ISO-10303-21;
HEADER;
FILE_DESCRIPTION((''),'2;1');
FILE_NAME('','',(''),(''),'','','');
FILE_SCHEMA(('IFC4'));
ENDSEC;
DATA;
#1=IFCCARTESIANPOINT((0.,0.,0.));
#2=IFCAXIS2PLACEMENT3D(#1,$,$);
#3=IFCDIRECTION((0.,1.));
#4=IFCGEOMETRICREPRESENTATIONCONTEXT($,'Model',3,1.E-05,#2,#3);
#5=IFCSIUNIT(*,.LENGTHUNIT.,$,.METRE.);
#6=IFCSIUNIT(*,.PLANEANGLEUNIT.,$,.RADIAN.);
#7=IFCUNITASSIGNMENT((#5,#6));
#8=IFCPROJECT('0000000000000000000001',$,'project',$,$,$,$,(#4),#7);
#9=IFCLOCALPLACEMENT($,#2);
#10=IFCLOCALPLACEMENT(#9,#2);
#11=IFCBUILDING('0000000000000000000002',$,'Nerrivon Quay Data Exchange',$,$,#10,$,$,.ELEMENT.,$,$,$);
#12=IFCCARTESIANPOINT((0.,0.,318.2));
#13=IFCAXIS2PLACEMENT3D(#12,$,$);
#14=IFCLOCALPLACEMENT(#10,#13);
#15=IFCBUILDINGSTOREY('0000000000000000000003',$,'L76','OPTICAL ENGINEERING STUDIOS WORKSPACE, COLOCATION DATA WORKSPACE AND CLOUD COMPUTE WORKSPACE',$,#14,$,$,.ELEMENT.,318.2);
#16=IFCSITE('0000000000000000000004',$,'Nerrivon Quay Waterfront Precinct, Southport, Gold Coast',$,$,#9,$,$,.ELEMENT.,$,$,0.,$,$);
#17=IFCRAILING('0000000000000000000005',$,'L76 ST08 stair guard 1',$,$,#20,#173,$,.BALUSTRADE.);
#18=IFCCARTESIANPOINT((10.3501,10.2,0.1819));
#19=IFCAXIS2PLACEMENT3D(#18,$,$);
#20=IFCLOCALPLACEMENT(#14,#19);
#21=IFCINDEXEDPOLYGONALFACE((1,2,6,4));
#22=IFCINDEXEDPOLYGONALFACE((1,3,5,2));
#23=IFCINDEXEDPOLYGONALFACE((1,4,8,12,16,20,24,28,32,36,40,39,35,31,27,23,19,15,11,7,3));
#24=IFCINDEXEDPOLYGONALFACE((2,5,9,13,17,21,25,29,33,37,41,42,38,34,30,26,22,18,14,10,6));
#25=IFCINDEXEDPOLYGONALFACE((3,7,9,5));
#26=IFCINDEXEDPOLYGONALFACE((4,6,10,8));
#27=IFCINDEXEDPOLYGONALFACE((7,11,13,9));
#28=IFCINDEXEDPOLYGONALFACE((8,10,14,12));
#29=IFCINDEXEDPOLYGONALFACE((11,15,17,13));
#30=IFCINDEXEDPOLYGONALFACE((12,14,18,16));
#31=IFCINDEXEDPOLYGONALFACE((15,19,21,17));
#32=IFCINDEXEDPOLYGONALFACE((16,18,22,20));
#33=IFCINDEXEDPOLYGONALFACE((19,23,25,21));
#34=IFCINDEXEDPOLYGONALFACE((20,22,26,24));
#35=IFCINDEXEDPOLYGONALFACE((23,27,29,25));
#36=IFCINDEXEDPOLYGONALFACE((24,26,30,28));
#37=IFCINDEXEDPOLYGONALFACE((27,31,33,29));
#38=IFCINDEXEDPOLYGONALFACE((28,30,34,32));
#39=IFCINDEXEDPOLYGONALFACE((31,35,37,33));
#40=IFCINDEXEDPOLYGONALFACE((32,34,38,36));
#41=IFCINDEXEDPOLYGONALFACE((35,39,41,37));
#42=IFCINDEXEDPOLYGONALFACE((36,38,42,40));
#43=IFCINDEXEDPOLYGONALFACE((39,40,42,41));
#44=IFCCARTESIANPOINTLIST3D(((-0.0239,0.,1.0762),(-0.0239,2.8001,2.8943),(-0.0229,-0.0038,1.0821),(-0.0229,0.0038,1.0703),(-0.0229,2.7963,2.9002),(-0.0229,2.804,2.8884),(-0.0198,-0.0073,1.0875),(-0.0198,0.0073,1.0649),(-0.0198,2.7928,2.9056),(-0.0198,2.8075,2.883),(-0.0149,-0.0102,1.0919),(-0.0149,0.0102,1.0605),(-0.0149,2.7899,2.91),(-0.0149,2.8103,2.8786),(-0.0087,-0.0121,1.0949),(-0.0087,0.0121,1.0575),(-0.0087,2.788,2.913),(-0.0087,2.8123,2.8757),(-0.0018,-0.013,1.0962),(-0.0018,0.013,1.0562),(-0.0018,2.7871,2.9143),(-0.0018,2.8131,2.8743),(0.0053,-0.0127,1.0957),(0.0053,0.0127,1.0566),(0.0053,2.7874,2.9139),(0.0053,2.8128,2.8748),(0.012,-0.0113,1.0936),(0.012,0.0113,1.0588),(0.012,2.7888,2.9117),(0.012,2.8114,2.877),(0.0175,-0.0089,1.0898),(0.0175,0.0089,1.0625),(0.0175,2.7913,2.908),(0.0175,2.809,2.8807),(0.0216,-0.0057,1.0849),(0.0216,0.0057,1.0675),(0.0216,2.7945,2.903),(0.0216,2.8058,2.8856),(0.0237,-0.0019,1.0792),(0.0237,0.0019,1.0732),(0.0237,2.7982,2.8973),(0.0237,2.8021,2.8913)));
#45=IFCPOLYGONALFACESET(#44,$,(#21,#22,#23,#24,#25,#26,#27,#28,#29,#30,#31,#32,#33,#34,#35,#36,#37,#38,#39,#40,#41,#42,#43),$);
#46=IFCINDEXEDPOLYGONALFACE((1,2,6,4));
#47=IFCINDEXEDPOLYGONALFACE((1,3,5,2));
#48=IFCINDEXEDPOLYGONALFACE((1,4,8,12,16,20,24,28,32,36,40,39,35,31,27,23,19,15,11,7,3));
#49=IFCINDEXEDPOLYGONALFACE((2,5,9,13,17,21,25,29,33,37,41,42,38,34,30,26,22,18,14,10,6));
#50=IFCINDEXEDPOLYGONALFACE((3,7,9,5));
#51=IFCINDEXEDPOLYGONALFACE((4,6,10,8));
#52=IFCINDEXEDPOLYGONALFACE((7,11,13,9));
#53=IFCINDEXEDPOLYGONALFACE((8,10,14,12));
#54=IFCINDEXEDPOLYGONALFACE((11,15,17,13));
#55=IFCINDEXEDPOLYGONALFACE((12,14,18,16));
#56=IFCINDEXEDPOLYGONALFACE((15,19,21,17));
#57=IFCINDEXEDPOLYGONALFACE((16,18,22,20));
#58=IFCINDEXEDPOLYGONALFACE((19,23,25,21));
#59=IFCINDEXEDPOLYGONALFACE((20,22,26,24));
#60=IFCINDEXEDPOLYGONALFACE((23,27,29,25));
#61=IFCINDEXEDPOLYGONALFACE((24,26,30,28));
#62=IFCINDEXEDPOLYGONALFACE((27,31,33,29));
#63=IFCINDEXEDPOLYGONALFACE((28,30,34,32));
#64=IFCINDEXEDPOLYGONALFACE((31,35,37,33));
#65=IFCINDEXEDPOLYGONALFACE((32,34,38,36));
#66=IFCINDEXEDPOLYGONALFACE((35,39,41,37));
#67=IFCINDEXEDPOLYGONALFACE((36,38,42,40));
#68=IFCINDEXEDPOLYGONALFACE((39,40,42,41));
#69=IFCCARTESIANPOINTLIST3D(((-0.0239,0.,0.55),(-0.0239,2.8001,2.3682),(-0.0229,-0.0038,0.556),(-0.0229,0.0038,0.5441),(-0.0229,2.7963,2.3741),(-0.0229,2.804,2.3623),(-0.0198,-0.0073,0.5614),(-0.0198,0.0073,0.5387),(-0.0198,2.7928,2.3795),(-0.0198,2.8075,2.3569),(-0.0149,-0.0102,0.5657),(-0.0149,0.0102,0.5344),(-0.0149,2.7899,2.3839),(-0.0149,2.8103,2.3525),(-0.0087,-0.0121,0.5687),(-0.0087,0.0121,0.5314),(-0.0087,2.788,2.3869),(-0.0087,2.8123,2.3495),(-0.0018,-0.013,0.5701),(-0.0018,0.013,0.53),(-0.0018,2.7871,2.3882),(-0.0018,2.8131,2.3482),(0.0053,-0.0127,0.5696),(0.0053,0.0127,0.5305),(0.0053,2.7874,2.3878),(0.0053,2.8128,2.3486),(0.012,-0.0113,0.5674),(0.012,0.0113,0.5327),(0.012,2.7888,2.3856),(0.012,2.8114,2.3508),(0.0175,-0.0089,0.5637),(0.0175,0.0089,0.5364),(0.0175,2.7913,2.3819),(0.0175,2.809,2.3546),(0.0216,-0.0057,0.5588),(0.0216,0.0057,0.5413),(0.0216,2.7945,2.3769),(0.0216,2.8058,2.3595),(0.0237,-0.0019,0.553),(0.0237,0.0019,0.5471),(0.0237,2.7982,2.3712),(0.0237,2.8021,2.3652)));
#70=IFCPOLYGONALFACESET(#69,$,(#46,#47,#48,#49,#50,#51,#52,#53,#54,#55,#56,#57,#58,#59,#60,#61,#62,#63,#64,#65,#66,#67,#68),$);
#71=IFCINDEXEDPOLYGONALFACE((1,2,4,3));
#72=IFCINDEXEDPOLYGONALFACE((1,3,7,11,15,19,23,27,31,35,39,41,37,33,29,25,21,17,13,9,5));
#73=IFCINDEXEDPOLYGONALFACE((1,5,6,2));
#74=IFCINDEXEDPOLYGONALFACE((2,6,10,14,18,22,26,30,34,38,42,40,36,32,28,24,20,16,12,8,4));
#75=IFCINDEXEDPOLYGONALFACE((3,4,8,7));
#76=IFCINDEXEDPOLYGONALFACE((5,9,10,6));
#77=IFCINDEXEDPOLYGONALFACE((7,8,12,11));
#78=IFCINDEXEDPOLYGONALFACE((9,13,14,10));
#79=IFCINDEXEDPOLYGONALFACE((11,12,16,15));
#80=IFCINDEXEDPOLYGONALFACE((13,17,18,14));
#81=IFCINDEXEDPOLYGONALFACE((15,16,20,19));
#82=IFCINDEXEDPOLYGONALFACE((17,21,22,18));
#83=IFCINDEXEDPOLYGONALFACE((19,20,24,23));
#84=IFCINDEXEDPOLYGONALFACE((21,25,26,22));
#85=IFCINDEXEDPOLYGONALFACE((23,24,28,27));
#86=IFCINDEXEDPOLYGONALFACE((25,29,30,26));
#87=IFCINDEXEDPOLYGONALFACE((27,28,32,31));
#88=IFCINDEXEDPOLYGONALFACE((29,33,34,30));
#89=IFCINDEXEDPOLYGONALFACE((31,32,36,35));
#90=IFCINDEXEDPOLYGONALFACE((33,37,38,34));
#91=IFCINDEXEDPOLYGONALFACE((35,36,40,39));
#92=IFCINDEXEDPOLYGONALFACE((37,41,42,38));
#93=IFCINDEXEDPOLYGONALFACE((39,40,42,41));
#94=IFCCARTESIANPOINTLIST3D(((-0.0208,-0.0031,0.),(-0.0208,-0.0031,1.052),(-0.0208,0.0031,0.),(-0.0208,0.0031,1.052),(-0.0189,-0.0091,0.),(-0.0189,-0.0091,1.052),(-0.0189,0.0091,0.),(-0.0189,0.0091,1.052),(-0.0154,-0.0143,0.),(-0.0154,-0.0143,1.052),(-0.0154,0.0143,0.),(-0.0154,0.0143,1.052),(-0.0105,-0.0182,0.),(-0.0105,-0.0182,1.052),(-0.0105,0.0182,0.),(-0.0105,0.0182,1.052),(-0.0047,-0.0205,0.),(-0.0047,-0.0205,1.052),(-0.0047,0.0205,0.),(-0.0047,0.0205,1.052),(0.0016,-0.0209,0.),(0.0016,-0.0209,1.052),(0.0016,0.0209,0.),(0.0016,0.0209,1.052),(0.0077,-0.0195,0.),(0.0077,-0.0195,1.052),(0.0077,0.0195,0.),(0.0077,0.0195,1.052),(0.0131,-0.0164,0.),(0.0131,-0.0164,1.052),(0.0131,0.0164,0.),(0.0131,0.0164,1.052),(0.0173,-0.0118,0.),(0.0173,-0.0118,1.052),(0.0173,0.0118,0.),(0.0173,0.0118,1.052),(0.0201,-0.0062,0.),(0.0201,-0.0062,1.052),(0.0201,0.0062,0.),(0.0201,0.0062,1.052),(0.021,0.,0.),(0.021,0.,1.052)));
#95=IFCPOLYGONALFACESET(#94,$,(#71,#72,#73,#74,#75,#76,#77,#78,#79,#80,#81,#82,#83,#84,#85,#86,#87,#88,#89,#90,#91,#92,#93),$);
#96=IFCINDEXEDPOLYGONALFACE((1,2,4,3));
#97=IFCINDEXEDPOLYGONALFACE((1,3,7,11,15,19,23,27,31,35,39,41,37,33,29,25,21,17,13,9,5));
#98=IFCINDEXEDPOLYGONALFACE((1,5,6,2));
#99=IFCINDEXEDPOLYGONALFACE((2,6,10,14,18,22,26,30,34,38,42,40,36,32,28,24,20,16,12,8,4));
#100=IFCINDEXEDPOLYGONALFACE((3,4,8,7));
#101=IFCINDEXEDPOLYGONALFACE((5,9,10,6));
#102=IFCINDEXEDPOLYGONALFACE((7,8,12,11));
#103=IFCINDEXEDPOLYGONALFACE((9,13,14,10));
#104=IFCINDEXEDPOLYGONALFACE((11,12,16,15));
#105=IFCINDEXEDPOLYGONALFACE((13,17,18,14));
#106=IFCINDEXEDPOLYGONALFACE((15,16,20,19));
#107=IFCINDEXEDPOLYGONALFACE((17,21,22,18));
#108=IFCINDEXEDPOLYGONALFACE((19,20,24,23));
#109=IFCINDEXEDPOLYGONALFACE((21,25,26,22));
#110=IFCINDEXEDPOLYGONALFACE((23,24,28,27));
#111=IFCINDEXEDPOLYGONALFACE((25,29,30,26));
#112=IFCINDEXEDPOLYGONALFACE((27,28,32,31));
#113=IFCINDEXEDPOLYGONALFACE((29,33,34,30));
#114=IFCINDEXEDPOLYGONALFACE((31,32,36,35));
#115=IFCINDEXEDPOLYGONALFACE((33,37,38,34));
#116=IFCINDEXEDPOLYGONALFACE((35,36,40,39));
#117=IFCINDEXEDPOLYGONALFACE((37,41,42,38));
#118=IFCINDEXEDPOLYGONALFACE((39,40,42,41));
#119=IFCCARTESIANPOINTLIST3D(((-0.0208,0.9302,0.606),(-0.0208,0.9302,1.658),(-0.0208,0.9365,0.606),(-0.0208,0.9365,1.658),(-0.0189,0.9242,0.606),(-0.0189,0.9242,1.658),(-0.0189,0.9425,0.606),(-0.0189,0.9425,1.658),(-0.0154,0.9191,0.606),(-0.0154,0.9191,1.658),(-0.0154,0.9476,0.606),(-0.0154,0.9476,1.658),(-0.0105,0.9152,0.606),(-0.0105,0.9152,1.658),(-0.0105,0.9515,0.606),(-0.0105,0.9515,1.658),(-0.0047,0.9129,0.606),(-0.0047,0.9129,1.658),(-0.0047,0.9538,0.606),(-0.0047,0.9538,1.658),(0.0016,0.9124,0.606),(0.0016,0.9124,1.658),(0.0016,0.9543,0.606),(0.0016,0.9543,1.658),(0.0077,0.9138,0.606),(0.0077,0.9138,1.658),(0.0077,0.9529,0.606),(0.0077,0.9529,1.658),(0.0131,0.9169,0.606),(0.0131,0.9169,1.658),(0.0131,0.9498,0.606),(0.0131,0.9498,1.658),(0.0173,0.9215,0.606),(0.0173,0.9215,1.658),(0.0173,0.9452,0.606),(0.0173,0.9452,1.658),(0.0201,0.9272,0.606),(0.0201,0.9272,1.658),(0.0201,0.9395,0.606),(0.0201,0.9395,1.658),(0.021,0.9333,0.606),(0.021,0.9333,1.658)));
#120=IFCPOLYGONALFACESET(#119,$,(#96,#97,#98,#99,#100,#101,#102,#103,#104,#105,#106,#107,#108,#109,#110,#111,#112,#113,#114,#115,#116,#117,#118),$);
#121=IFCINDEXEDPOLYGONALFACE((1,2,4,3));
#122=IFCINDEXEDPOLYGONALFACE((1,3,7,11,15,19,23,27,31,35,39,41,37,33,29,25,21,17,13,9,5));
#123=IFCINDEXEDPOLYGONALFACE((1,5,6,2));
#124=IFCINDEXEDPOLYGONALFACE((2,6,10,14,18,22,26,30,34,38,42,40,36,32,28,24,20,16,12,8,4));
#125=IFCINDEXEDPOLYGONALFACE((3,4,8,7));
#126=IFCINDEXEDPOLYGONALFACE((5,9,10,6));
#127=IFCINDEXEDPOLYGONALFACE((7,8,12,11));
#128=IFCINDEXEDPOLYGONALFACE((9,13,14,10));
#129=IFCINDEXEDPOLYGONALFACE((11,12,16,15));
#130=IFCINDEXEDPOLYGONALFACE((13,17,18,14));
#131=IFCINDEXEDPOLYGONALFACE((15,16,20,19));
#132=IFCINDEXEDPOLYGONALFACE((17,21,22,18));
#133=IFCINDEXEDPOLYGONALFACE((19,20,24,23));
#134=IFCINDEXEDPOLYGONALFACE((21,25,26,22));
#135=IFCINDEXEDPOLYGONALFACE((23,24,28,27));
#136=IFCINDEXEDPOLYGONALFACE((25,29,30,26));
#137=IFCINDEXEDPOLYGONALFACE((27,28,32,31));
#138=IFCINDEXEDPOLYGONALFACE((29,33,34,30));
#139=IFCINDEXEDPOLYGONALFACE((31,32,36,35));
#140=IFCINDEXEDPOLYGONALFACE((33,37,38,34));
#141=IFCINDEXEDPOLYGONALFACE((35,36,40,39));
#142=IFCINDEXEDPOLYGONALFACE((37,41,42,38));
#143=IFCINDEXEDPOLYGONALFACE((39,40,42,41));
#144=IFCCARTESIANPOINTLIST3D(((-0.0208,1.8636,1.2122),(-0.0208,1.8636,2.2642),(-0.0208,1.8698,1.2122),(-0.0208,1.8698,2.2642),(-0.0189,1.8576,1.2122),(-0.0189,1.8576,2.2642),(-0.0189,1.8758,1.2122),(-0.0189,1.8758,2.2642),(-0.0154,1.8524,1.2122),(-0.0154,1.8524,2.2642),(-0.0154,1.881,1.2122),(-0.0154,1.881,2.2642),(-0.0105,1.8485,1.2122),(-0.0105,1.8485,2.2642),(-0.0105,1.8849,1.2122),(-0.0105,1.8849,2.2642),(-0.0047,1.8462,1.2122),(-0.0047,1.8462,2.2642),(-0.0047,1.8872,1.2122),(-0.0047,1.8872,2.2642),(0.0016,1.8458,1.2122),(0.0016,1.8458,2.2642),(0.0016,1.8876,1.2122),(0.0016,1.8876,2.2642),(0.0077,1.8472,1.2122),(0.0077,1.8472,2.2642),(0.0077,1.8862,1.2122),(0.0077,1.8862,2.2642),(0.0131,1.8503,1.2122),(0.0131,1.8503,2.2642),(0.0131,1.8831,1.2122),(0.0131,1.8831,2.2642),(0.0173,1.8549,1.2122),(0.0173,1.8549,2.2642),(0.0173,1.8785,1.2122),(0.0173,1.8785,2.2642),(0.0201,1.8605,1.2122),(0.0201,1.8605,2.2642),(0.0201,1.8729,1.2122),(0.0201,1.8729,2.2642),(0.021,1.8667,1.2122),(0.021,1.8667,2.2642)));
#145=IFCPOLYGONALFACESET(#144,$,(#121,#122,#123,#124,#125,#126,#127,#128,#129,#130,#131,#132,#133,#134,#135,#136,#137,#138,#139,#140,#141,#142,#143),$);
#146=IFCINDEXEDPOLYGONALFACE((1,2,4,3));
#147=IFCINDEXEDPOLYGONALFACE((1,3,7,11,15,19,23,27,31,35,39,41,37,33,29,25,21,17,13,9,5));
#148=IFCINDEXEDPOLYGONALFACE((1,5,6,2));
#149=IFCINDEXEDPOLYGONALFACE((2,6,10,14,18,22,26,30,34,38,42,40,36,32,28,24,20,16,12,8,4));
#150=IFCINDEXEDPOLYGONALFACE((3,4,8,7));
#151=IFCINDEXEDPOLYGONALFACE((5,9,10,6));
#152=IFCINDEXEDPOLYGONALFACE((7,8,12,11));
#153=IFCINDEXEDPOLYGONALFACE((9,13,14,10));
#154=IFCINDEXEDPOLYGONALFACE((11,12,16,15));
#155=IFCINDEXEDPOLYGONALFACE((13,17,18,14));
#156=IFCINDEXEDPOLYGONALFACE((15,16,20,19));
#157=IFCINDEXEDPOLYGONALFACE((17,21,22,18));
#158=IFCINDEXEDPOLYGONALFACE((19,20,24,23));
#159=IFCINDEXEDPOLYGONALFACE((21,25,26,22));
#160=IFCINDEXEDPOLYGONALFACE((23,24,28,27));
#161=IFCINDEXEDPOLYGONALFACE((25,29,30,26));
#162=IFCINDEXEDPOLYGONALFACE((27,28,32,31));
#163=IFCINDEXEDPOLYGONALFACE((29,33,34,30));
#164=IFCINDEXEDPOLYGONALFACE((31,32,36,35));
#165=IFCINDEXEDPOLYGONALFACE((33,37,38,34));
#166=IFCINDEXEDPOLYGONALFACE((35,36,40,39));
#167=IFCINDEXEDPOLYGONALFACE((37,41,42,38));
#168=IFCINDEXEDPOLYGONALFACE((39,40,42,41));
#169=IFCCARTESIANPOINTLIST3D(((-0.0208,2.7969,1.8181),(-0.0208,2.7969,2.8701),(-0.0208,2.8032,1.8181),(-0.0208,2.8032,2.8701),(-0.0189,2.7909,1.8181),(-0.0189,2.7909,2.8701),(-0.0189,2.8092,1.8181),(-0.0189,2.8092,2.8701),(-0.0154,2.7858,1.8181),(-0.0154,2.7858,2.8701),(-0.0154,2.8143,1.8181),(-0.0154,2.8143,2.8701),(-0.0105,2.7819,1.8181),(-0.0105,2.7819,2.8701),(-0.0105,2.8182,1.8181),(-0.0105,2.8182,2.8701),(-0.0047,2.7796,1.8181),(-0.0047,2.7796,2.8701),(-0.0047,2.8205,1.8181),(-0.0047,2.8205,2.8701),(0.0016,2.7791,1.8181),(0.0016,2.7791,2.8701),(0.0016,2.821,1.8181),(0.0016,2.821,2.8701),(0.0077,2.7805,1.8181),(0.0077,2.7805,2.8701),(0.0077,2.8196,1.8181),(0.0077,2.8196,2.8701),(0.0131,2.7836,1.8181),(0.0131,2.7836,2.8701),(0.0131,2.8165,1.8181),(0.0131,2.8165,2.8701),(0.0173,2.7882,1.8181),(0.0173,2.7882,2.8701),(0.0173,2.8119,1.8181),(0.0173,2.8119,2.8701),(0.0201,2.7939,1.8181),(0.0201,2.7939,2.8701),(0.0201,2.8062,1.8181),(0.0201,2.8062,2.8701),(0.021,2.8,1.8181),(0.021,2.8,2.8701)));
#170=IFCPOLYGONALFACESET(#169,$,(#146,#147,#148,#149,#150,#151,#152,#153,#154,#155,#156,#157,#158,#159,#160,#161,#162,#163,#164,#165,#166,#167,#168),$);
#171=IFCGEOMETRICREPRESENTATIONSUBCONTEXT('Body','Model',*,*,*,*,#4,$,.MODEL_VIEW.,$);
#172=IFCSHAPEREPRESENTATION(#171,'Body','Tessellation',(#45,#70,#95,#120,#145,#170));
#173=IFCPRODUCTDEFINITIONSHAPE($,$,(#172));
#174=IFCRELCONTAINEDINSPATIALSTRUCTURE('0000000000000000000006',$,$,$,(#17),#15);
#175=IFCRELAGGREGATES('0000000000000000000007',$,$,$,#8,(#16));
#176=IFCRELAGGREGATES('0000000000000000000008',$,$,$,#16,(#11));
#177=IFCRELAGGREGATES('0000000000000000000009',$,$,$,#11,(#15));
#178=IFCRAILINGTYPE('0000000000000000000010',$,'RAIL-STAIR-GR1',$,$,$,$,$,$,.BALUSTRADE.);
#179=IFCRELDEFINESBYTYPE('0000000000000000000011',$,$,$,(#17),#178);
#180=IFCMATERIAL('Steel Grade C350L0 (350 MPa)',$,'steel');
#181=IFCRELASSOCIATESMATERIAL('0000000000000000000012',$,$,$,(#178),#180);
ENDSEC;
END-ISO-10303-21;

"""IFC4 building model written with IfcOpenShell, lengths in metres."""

from ifc_helpers import new_model, si_unit, direction, frame, origin, origin_2d, place, context, subcontext, project, spatial, circle, extrude, material, type_object, element, save


model = new_model("IFC4")

# Units and contexts
model_context = context("Model", 3, precision=1e-05, world=origin(), true_north=direction((0.0, 1.0)))
body_context = subcontext(model_context, "Body", "Model", "MODEL_VIEW")
ifc_project = project(units=[si_unit("LENGTHUNIT", "METRE"), si_unit("PLANEANGLEUNIT", "RADIAN")], contexts=[model_context])

# Site, building, storey
site_placement = place(None, origin())
site = spatial("IfcSite", under=ifc_project, at=site_placement, Name="Nerrivon Quay Waterfront Precinct, Southport, Gold Coast", CompositionType="ELEMENT", RefElevation=0.0)
building_placement = place(site_placement, origin())
building = spatial("IfcBuilding", under=site, at=building_placement, Name="Nerrivon Quay Data Exchange", CompositionType="ELEMENT")
storey_placement = place(building_placement, frame((0.0, 0.0, 318.2)))
storey = spatial("IfcBuildingStorey", under=building, at=storey_placement, Name="L76", Description="OPTICAL ENGINEERING STUDIOS WORKSPACE, COLOCATION DATA WORKSPACE AND CLOUD COMPUTE WORKSPACE", CompositionType="ELEMENT", Elevation=318.2)

# Railing
ifc_material_1 = material(Name="Steel Grade C350L0 (350 MPa)", Category="steel")
railing_type_1 = type_object("IfcRailingType", Name="RAIL-STAIR-GR1", PredefinedType="BALUSTRADE", material=ifc_material_1)
railing_1_placement = place(storey_placement, frame((10.3501, 10.2, 0.1819)))
element("IfcRailing", 1, at=railing_1_placement, inside=storey, type_object=railing_type_1, Name="L76 ST08 stair guard 1", PredefinedType="BALUSTRADE", context=body_context, shape_type="SweptSolid", body=[
    extrude(circle(Radius=0.0239, at=origin_2d()), frame((0.0, 0.0, 1.0762), z_axis=(0.0, 0.838706, 0.544585), x_axis=(-1.0, 0.0, 0.0)), (0.0, 0.0, 1.0), 3.3386),
    extrude(circle(Radius=0.0239, at=origin_2d()), frame((0.0, 0.0, 0.55), z_axis=(0.0, 0.838706, 0.544585), x_axis=(-1.0, 0.0, 0.0)), (0.0, 0.0, 1.0), 3.3386),
    extrude(circle(Radius=0.021, at=origin_2d()), origin(), (0.0, 0.0, 1.0), 1.052),
    extrude(circle(Radius=0.021, at=origin_2d()), frame((0.0, 0.9333, 0.606)), (0.0, 0.0, 1.0), 1.052),
    extrude(circle(Radius=0.021, at=origin_2d()), frame((0.0, 1.8667, 1.2122)), (0.0, 0.0, 1.0), 1.052),
    extrude(circle(Radius=0.021, at=origin_2d()), frame((0.0, 2.8, 1.8181)), (0.0, 0.0, 1.0), 1.052),
])

save(model, "model.ifc")
